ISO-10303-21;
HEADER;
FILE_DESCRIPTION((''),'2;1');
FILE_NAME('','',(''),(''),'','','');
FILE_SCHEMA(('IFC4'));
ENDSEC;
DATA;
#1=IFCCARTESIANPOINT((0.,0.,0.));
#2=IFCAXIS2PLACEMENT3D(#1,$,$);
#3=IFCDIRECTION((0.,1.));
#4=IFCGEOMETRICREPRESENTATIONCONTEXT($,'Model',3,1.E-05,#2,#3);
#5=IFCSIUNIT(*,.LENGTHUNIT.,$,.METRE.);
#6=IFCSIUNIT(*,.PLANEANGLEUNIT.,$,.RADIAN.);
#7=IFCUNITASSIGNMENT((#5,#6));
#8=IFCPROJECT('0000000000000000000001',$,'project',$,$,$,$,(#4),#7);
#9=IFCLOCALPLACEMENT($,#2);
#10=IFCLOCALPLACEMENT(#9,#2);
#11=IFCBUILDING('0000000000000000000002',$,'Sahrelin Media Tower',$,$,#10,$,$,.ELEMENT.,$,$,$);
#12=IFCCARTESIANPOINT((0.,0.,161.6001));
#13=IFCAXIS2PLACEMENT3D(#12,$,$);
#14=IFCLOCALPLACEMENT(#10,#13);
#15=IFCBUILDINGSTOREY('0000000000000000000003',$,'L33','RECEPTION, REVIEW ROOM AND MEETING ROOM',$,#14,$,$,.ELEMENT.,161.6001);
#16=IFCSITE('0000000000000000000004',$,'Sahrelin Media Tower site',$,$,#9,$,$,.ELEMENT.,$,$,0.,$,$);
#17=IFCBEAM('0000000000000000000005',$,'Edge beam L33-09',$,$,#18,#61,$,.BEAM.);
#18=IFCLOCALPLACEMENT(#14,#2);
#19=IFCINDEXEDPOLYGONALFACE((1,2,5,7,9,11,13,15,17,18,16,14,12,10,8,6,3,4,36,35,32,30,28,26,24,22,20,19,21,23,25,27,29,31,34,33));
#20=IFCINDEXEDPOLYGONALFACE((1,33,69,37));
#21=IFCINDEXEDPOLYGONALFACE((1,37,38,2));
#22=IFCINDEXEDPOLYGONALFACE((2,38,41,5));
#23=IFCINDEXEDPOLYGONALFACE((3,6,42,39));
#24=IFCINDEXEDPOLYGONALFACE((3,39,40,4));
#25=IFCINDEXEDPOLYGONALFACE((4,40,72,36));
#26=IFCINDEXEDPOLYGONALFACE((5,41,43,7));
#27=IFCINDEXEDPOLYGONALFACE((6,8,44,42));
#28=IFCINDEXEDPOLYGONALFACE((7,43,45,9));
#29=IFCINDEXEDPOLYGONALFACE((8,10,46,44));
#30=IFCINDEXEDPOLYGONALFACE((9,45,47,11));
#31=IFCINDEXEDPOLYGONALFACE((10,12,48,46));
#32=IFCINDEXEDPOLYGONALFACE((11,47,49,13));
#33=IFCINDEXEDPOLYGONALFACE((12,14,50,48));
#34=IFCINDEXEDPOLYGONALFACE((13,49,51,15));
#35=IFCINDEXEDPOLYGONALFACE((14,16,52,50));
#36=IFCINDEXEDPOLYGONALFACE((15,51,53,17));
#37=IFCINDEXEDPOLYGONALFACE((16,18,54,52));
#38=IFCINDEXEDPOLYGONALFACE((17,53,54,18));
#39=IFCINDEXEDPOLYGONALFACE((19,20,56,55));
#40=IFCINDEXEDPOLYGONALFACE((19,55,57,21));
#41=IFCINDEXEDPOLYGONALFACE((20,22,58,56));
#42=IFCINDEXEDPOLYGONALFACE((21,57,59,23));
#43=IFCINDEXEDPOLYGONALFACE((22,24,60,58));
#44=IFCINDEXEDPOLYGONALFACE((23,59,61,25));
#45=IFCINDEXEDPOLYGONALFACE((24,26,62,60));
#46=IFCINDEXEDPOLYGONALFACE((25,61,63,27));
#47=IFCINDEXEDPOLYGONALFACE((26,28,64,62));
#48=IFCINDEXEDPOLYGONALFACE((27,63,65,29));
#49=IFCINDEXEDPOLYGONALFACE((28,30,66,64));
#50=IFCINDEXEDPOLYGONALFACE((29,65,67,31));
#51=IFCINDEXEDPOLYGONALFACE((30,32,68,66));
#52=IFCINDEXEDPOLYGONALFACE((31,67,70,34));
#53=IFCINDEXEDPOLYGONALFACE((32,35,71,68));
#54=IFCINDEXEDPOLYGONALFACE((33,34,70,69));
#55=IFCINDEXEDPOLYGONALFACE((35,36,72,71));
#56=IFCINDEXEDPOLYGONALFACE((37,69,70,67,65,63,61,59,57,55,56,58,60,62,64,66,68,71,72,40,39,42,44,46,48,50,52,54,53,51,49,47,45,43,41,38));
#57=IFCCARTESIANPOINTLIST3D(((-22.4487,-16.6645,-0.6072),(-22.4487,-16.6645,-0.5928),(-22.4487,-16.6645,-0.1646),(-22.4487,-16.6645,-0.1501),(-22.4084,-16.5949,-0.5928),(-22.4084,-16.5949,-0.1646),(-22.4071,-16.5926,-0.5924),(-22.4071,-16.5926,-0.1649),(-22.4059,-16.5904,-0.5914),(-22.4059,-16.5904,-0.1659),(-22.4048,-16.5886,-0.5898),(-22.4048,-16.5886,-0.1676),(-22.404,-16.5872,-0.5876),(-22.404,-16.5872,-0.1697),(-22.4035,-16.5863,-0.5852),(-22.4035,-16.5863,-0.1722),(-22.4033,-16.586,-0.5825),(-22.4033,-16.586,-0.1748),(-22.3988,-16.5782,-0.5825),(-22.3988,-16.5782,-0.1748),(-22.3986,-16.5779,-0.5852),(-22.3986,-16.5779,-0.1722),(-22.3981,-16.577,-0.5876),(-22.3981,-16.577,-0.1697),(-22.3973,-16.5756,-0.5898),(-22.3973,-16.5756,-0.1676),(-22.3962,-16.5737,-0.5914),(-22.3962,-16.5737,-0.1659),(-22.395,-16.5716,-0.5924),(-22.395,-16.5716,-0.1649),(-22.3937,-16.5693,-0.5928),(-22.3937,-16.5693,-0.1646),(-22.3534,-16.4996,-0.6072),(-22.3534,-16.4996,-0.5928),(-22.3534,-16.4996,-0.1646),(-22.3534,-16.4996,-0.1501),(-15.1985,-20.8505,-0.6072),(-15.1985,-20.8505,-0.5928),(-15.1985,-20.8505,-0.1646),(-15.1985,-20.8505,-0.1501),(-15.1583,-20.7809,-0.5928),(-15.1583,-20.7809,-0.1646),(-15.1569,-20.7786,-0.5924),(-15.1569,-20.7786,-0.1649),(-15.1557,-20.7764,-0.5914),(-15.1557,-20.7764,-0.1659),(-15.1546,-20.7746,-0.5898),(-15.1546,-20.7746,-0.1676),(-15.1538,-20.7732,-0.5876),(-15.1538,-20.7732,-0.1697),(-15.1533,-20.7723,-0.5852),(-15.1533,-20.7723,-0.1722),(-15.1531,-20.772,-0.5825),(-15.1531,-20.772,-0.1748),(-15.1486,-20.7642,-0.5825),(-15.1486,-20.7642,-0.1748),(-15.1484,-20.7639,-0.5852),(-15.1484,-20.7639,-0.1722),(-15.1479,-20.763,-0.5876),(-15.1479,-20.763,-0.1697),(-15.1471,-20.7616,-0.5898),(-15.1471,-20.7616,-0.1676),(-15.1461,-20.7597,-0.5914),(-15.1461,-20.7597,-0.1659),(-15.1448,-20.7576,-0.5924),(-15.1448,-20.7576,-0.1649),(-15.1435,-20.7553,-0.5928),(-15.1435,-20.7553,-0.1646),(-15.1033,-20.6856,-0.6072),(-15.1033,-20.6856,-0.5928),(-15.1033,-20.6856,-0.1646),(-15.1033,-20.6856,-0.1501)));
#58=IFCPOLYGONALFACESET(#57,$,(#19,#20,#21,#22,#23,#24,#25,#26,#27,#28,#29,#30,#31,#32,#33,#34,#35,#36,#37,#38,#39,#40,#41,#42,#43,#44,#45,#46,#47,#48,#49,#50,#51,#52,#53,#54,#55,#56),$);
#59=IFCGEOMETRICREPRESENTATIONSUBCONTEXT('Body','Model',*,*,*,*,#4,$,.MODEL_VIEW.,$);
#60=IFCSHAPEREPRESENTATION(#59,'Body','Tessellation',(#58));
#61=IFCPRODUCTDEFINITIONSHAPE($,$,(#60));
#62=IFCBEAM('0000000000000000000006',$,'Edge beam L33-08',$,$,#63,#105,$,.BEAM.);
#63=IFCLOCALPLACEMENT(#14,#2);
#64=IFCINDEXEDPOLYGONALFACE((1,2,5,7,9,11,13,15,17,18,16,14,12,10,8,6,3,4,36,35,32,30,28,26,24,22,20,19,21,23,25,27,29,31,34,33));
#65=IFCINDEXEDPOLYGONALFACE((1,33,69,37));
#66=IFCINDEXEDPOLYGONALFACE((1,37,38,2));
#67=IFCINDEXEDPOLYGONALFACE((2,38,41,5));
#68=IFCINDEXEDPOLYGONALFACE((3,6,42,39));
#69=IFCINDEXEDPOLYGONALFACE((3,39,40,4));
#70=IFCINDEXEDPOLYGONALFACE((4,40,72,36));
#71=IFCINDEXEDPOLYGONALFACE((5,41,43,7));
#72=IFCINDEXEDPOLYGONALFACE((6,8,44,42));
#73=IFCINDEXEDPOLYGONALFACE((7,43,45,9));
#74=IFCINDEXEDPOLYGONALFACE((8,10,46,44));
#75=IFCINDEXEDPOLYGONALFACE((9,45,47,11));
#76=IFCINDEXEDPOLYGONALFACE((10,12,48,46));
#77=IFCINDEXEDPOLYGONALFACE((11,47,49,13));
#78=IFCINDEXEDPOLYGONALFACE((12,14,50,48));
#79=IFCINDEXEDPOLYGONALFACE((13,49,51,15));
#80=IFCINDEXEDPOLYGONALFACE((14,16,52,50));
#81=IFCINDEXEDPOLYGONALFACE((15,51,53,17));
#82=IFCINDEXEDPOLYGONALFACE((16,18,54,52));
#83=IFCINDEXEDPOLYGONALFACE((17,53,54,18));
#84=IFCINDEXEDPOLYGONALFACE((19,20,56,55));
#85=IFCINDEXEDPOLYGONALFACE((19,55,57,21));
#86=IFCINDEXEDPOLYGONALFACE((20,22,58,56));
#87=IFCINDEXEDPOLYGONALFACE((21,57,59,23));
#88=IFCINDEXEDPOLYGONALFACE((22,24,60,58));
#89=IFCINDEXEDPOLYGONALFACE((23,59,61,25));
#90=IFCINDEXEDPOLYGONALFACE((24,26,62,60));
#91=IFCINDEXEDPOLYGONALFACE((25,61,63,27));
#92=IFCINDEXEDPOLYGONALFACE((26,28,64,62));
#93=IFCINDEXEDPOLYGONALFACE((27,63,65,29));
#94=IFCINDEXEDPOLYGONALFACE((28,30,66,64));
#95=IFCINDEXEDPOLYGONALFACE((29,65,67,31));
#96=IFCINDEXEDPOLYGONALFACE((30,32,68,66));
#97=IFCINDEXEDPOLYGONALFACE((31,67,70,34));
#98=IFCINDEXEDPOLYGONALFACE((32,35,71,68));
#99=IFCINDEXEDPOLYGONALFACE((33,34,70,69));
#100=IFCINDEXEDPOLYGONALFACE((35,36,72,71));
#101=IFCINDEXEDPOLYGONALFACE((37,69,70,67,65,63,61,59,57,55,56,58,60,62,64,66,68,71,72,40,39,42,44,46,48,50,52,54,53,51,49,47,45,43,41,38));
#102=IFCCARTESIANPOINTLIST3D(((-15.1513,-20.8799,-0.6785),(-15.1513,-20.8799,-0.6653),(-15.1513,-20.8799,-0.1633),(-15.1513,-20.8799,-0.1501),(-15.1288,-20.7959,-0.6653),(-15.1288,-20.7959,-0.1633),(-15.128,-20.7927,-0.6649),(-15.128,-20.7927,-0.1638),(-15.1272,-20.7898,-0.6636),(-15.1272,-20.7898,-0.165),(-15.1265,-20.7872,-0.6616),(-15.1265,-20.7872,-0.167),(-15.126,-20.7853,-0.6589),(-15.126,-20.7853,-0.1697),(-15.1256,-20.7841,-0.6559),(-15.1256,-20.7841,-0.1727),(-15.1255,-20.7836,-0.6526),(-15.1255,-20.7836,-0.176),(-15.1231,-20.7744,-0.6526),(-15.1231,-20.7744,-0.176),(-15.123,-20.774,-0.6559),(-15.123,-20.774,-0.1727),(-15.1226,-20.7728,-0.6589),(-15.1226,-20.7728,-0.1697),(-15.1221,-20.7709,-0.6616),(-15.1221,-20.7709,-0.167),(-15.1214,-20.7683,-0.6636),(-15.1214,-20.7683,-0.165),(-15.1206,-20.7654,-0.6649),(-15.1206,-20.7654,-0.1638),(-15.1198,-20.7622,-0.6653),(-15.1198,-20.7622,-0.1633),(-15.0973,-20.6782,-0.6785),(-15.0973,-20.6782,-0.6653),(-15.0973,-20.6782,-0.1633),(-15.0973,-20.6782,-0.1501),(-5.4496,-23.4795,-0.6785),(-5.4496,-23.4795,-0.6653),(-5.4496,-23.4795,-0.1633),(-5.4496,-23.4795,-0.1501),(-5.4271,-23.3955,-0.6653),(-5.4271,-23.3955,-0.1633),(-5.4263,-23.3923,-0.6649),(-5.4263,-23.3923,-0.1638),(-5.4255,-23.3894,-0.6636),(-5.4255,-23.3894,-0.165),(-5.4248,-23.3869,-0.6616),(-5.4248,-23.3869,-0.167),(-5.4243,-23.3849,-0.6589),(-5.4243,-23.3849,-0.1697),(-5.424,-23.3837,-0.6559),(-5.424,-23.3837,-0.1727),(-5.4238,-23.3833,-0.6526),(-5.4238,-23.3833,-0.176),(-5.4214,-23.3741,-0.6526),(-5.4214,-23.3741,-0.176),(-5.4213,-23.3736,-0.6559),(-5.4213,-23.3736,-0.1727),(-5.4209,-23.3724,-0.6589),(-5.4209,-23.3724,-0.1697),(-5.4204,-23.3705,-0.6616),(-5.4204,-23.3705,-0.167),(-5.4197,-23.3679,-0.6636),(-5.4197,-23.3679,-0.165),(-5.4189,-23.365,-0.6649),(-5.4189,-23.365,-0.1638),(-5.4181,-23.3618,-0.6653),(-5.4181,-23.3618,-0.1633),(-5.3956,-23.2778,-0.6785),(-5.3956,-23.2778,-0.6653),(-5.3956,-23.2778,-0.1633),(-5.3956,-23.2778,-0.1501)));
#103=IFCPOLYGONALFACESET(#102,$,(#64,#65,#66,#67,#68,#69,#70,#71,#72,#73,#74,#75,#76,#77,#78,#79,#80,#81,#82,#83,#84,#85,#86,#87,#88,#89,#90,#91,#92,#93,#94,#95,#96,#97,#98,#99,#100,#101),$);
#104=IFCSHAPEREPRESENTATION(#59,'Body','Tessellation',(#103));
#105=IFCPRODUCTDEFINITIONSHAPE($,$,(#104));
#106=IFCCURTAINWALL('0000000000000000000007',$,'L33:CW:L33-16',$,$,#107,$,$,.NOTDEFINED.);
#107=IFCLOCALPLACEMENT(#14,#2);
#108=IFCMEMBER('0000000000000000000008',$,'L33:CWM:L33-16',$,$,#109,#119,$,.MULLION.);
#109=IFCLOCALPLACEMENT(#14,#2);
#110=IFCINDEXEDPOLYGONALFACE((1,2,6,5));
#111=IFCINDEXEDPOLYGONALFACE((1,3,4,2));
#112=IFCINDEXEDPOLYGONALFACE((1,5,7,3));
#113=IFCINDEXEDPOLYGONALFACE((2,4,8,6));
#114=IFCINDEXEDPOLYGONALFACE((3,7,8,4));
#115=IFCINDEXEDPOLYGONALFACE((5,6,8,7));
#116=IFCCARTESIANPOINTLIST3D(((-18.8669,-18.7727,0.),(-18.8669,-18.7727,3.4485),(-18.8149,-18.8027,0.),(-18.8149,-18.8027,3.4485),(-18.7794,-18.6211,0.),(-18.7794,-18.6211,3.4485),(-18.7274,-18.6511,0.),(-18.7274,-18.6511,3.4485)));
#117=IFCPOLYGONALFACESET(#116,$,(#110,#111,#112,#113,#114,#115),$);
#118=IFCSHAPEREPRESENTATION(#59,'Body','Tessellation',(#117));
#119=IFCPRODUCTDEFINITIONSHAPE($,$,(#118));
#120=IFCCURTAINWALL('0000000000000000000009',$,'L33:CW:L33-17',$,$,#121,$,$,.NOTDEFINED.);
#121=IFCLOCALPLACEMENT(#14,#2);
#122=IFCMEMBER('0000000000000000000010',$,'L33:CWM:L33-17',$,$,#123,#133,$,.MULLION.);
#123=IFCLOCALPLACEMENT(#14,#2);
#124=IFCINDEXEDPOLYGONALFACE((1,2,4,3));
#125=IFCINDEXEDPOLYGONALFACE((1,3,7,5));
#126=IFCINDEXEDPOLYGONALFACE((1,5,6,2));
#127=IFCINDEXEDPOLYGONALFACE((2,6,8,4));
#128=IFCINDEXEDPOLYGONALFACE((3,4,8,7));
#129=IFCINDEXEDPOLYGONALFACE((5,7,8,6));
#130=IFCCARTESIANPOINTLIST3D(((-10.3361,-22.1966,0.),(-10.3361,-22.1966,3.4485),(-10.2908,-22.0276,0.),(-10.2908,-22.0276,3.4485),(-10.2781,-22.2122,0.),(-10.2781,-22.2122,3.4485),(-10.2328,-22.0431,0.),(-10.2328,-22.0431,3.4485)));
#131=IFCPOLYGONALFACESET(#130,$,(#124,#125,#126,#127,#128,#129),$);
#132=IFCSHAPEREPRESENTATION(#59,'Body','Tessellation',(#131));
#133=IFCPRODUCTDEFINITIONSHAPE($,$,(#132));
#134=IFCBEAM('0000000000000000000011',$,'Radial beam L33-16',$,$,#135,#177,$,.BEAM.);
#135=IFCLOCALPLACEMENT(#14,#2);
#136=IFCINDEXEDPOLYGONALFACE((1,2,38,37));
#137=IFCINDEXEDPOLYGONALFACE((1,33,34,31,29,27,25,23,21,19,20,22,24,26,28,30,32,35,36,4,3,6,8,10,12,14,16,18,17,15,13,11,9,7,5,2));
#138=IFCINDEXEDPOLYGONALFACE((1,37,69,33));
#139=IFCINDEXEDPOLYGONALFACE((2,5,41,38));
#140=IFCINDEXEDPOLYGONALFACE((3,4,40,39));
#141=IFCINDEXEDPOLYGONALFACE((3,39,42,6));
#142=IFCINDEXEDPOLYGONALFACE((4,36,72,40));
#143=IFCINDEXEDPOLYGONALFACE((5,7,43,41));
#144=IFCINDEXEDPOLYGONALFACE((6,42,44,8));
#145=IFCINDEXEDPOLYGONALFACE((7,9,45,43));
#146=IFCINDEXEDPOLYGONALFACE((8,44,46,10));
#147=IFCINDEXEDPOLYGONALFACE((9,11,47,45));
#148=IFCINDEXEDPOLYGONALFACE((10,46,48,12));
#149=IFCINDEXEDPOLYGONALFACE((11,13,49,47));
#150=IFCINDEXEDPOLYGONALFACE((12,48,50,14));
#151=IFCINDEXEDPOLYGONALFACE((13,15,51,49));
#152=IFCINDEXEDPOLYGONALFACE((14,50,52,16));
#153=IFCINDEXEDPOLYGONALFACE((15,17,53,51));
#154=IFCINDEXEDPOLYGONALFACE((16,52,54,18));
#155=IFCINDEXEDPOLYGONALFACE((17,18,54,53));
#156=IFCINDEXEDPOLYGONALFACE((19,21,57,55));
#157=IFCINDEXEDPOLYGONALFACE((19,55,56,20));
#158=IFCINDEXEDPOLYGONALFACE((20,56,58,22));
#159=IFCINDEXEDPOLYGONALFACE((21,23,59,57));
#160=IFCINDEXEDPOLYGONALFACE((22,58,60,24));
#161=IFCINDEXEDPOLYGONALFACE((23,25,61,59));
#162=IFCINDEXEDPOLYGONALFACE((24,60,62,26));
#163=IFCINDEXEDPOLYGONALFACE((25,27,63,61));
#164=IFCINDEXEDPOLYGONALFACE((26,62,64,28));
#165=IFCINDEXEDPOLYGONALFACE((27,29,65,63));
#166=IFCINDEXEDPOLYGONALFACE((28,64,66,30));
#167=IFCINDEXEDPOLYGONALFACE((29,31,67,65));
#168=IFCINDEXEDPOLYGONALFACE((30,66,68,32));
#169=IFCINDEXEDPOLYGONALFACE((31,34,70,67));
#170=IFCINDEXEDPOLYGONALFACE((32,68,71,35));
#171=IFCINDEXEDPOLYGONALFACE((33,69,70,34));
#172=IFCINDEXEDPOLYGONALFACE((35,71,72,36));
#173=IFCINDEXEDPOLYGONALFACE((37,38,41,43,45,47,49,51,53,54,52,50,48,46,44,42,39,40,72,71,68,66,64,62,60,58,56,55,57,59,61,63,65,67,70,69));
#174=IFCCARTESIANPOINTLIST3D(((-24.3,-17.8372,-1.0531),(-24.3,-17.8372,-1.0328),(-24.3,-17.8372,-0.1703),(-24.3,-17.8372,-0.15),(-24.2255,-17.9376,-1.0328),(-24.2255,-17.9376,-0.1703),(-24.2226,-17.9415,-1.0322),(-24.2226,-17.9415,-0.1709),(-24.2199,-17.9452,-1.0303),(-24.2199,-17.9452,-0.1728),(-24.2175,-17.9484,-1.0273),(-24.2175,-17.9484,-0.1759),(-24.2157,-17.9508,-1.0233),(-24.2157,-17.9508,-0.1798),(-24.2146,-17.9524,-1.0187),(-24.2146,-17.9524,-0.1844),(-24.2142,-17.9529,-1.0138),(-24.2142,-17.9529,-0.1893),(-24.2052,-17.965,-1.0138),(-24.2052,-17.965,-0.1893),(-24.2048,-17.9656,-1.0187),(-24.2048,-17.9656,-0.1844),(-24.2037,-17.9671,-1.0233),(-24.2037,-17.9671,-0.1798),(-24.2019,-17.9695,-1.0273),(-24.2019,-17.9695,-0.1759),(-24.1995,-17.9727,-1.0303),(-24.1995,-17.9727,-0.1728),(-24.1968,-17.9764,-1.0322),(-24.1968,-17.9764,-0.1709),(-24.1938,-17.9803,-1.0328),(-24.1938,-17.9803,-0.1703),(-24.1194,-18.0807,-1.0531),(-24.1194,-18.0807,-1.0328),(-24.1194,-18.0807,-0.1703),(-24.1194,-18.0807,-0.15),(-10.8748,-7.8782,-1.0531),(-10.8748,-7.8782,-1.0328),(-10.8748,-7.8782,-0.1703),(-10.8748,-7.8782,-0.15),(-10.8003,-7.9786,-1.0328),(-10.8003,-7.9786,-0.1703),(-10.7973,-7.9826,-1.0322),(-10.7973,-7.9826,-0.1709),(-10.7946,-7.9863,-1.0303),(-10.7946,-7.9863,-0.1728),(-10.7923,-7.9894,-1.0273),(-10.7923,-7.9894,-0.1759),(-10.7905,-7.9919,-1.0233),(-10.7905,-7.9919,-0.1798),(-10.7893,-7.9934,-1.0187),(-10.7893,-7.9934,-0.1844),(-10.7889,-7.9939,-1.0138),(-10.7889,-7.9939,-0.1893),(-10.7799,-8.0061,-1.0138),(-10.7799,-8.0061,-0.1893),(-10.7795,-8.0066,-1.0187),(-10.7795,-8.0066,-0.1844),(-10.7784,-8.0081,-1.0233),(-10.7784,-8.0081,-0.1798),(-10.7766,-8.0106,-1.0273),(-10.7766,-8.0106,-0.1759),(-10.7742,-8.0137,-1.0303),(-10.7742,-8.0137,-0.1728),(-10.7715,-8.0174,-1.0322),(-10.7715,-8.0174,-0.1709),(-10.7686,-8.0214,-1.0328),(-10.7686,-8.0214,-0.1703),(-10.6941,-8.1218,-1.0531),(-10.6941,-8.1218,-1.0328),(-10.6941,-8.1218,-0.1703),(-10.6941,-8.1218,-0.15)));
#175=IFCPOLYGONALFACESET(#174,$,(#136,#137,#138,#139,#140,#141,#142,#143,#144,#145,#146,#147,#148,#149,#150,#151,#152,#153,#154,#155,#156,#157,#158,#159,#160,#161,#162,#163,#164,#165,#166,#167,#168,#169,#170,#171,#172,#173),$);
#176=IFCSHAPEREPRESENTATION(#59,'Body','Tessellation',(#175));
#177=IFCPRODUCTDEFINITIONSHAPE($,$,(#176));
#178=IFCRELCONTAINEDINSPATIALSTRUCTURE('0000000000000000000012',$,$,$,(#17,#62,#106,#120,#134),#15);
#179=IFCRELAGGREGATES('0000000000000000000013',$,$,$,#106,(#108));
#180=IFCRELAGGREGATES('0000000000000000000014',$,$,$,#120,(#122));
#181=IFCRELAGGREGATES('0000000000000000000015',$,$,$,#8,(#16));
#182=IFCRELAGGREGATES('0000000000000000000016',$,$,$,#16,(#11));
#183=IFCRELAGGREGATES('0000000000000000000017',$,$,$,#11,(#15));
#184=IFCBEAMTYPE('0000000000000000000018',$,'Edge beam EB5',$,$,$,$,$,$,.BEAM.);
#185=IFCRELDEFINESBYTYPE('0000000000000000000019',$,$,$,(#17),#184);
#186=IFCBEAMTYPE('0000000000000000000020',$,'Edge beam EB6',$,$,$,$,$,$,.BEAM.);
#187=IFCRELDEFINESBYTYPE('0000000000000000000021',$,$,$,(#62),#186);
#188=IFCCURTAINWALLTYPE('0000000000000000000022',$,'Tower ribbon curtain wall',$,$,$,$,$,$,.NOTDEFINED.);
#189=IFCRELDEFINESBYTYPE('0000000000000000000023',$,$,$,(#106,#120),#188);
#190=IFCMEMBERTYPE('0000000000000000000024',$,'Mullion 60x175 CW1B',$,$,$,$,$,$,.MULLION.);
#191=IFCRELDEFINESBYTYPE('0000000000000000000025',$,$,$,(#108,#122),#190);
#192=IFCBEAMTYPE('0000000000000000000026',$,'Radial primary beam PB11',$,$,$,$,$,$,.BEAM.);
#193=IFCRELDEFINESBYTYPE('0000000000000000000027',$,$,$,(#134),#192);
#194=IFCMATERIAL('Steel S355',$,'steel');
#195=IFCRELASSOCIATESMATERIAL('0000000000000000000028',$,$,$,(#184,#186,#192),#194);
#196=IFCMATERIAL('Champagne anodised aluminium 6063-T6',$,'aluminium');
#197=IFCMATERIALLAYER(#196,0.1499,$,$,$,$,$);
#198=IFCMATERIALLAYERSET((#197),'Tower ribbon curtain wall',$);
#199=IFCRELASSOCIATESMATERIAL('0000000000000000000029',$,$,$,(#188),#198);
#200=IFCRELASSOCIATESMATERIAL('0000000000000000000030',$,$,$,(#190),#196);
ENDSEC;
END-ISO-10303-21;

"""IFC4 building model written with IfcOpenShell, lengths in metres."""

from ifc_helpers import new_model, si_unit, direction, frame, origin, origin_2d, place, context, subcontext, project, spatial, rectangle, i_section, extrude, material, layer, layer_set, material_profile, profile_set, type_object, element, aggregate, save


model = new_model("IFC4")

# Units and contexts
model_context = context("Model", 3, precision=1e-05, world=origin(), true_north=direction((0.0, 1.0)))
body_context = subcontext(model_context, "Body", "Model", "MODEL_VIEW")
ifc_project = project(units=[si_unit("LENGTHUNIT", "METRE"), si_unit("PLANEANGLEUNIT", "RADIAN")], contexts=[model_context])

# Site, building, storey
site_placement = place(None, origin())
site = spatial("IfcSite", under=ifc_project, at=site_placement, Name="Sahrelin Media Tower site", CompositionType="ELEMENT", RefElevation=0.0)
building_placement = place(site_placement, origin())
building = spatial("IfcBuilding", under=site, at=building_placement, Name="Sahrelin Media Tower", CompositionType="ELEMENT")
storey_placement = place(building_placement, frame((0.0, 0.0, 161.6001)))
storey = spatial("IfcBuildingStorey", under=building, at=storey_placement, Name="L33", Description="RECEPTION, REVIEW ROOM AND MEETING ROOM", CompositionType="ELEMENT", Elevation=161.6001)

# Beams
ifc_material_1 = material(Name="Steel S355", Category="steel")
ifc_material_profile_1 = material_profile(ifc_material_1, i_section(OverallWidth=0.1904, OverallDepth=0.457, WebThickness=0.009, FlangeThickness=0.0144, FilletRadius=0.0103, at=origin_2d()), Name="UB 457x191x74")
ifc_profile_set_1 = profile_set([ifc_material_profile_1], Name="Steel S355")
beam_type_1 = type_object("IfcBeamType", Name="Edge beam EB5", PredefinedType="BEAM", material=ifc_profile_set_1)
beam_1_placement = place(storey_placement, frame((-15.1509, -20.7681, -0.3787), z_axis=(-0.86602, 0.500009, 0.0), x_axis=(-0.500009, -0.86602, 0.0)))
element("IfcBeam", 1, at=beam_1_placement, inside=storey, type_object=beam_type_1, Name="Edge beam L33-09", PredefinedType="BEAM", context=body_context, shape_type="SweptSolid", body=[
    extrude(i_section(OverallWidth=0.1904, OverallDepth=0.457, WebThickness=0.009, FlangeThickness=0.0144, FilletRadius=0.0103, at=origin_2d()), origin(), (0.0, 0.0, 1.0), 8.3718),
])
ifc_material_profile_2 = material_profile(ifc_material_1, i_section(OverallWidth=0.2087, OverallDepth=0.5283, WebThickness=0.0095, FlangeThickness=0.0132, FilletRadius=0.0127, at=origin_2d()), Name="UB 533x210x82")
ifc_profile_set_2 = profile_set([ifc_material_profile_2], Name="Steel S355")
beam_type_2 = type_object("IfcBeamType", Name="Edge beam EB6", PredefinedType="BEAM", material=ifc_profile_set_2)
beam_2_placement = place(storey_placement, frame((-5.4226, -23.3787, -0.4143), z_axis=(-0.965924, 0.258824, 0.0), x_axis=(-0.258824, -0.965924, 0.0)))
element("IfcBeam", 2, at=beam_2_placement, inside=storey, type_object=beam_type_2, Name="Edge beam L33-08", PredefinedType="BEAM", context=body_context, shape_type="SweptSolid", body=[
    extrude(i_section(OverallWidth=0.2087, OverallDepth=0.5283, WebThickness=0.0095, FlangeThickness=0.0132, FilletRadius=0.0127, at=origin_2d()), origin(), (0.0, 0.0, 1.0), 10.0439),
])

# Curtain walls, members
ifc_material_2 = material(Name="Champagne anodised aluminium 6063-T6", Category="aluminium")
ifc_layer_1 = layer(ifc_material_2, 0.1499)
ifc_layer_set_1 = layer_set([ifc_layer_1], Name="Tower ribbon curtain wall")
curtain_wall_type = type_object("IfcCurtainWallType", Name="Tower ribbon curtain wall", PredefinedType="NOTDEFINED", material=ifc_layer_set_1)
curtain_wall_1_placement = place(storey_placement, frame((-18.8511, -18.8049, 0.0), z_axis=(0.0, 0.0, 1.0), x_axis=(1.0, 0.0, 0.0)))
curtain_wall_1 = element("IfcCurtainWall", 3, at=curtain_wall_1_placement, inside=storey, type_object=curtain_wall_type, Name="L33:CW:L33-16", PredefinedType="NOTDEFINED")
ifc_material_profile_3 = material_profile(ifc_material_2, rectangle(XDim=0.0601, YDim=0.175, at=origin_2d()), Name="Mullion 60x175")
ifc_profile_set_3 = profile_set([ifc_material_profile_3], Name="Champagne anodised aluminium 6063-T6")
member_type_1 = type_object("IfcMemberType", Name="Mullion 60x175 CW1B", PredefinedType="MULLION", material=ifc_profile_set_3)
member_1_placement = place(storey_placement, frame((-18.7971, -18.7119, 0.0), z_axis=(0.0, 0.0, 1.0), x_axis=(0.866025, -0.5, 0.0)))
member_1 = element("IfcMember", 4, at=member_1_placement, type_object=member_type_1, Name="L33:CWM:L33-16", PredefinedType="MULLION", context=body_context, shape_type="SweptSolid", body=[
    extrude(rectangle(XDim=0.0601, YDim=0.175, at=origin_2d()), origin(), (0.0, 0.0, 1.0), 3.4485),
])
aggregate(curtain_wall_1, [member_1])
curtain_wall_2_placement = place(storey_placement, frame((-10.3123, -22.2236, 0.0), z_axis=(0.0, 0.0, 1.0), x_axis=(1.0, 0.0, 0.0)))
curtain_wall_2 = element("IfcCurtainWall", 5, at=curtain_wall_2_placement, inside=storey, type_object=curtain_wall_type, Name="L33:CW:L33-17", PredefinedType="NOTDEFINED")
member_2_placement = place(storey_placement, frame((-10.2844, -22.1199, 0.0), z_axis=(0.0, 0.0, 1.0), x_axis=(0.965927, -0.258816, 0.0)))
member_2 = element("IfcMember", 6, at=member_2_placement, type_object=member_type_1, Name="L33:CWM:L33-17", PredefinedType="MULLION", context=body_context, shape_type="SweptSolid", body=[
    extrude(rectangle(XDim=0.0601, YDim=0.175, at=origin_2d()), origin(), (0.0, 0.0, 1.0), 3.4485),
])

# Beam
ifc_material_profile_4 = material_profile(ifc_material_1, i_section(OverallWidth=0.3032, OverallDepth=0.9031, WebThickness=0.0151, FlangeThickness=0.0203, FilletRadius=0.019, at=origin_2d()), Name="UB 914x305x201")
ifc_profile_set_4 = profile_set([ifc_material_profile_4], Name="Steel S355")
beam_type_3 = type_object("IfcBeamType", Name="Radial primary beam PB11", PredefinedType="BEAM", material=ifc_profile_set_4)
beam_3_placement = place(storey_placement, frame((-10.7844, -8.0, -0.6016), z_axis=(-0.803147, -0.595781, 0.0), x_axis=(0.595781, -0.803147, 0.0)))
element("IfcBeam", 7, at=beam_3_placement, inside=storey, type_object=beam_type_3, Name="Radial beam L33-16", PredefinedType="BEAM", context=body_context, shape_type="SweptSolid", body=[
    extrude(i_section(OverallWidth=0.3032, OverallDepth=0.9031, WebThickness=0.0151, FlangeThickness=0.0203, FilletRadius=0.019, at=origin_2d()), origin(), (0.0, 0.0, 1.0), 16.7158),
])

aggregate(curtain_wall_2, [member_2])

save(model, "model.ifc")
